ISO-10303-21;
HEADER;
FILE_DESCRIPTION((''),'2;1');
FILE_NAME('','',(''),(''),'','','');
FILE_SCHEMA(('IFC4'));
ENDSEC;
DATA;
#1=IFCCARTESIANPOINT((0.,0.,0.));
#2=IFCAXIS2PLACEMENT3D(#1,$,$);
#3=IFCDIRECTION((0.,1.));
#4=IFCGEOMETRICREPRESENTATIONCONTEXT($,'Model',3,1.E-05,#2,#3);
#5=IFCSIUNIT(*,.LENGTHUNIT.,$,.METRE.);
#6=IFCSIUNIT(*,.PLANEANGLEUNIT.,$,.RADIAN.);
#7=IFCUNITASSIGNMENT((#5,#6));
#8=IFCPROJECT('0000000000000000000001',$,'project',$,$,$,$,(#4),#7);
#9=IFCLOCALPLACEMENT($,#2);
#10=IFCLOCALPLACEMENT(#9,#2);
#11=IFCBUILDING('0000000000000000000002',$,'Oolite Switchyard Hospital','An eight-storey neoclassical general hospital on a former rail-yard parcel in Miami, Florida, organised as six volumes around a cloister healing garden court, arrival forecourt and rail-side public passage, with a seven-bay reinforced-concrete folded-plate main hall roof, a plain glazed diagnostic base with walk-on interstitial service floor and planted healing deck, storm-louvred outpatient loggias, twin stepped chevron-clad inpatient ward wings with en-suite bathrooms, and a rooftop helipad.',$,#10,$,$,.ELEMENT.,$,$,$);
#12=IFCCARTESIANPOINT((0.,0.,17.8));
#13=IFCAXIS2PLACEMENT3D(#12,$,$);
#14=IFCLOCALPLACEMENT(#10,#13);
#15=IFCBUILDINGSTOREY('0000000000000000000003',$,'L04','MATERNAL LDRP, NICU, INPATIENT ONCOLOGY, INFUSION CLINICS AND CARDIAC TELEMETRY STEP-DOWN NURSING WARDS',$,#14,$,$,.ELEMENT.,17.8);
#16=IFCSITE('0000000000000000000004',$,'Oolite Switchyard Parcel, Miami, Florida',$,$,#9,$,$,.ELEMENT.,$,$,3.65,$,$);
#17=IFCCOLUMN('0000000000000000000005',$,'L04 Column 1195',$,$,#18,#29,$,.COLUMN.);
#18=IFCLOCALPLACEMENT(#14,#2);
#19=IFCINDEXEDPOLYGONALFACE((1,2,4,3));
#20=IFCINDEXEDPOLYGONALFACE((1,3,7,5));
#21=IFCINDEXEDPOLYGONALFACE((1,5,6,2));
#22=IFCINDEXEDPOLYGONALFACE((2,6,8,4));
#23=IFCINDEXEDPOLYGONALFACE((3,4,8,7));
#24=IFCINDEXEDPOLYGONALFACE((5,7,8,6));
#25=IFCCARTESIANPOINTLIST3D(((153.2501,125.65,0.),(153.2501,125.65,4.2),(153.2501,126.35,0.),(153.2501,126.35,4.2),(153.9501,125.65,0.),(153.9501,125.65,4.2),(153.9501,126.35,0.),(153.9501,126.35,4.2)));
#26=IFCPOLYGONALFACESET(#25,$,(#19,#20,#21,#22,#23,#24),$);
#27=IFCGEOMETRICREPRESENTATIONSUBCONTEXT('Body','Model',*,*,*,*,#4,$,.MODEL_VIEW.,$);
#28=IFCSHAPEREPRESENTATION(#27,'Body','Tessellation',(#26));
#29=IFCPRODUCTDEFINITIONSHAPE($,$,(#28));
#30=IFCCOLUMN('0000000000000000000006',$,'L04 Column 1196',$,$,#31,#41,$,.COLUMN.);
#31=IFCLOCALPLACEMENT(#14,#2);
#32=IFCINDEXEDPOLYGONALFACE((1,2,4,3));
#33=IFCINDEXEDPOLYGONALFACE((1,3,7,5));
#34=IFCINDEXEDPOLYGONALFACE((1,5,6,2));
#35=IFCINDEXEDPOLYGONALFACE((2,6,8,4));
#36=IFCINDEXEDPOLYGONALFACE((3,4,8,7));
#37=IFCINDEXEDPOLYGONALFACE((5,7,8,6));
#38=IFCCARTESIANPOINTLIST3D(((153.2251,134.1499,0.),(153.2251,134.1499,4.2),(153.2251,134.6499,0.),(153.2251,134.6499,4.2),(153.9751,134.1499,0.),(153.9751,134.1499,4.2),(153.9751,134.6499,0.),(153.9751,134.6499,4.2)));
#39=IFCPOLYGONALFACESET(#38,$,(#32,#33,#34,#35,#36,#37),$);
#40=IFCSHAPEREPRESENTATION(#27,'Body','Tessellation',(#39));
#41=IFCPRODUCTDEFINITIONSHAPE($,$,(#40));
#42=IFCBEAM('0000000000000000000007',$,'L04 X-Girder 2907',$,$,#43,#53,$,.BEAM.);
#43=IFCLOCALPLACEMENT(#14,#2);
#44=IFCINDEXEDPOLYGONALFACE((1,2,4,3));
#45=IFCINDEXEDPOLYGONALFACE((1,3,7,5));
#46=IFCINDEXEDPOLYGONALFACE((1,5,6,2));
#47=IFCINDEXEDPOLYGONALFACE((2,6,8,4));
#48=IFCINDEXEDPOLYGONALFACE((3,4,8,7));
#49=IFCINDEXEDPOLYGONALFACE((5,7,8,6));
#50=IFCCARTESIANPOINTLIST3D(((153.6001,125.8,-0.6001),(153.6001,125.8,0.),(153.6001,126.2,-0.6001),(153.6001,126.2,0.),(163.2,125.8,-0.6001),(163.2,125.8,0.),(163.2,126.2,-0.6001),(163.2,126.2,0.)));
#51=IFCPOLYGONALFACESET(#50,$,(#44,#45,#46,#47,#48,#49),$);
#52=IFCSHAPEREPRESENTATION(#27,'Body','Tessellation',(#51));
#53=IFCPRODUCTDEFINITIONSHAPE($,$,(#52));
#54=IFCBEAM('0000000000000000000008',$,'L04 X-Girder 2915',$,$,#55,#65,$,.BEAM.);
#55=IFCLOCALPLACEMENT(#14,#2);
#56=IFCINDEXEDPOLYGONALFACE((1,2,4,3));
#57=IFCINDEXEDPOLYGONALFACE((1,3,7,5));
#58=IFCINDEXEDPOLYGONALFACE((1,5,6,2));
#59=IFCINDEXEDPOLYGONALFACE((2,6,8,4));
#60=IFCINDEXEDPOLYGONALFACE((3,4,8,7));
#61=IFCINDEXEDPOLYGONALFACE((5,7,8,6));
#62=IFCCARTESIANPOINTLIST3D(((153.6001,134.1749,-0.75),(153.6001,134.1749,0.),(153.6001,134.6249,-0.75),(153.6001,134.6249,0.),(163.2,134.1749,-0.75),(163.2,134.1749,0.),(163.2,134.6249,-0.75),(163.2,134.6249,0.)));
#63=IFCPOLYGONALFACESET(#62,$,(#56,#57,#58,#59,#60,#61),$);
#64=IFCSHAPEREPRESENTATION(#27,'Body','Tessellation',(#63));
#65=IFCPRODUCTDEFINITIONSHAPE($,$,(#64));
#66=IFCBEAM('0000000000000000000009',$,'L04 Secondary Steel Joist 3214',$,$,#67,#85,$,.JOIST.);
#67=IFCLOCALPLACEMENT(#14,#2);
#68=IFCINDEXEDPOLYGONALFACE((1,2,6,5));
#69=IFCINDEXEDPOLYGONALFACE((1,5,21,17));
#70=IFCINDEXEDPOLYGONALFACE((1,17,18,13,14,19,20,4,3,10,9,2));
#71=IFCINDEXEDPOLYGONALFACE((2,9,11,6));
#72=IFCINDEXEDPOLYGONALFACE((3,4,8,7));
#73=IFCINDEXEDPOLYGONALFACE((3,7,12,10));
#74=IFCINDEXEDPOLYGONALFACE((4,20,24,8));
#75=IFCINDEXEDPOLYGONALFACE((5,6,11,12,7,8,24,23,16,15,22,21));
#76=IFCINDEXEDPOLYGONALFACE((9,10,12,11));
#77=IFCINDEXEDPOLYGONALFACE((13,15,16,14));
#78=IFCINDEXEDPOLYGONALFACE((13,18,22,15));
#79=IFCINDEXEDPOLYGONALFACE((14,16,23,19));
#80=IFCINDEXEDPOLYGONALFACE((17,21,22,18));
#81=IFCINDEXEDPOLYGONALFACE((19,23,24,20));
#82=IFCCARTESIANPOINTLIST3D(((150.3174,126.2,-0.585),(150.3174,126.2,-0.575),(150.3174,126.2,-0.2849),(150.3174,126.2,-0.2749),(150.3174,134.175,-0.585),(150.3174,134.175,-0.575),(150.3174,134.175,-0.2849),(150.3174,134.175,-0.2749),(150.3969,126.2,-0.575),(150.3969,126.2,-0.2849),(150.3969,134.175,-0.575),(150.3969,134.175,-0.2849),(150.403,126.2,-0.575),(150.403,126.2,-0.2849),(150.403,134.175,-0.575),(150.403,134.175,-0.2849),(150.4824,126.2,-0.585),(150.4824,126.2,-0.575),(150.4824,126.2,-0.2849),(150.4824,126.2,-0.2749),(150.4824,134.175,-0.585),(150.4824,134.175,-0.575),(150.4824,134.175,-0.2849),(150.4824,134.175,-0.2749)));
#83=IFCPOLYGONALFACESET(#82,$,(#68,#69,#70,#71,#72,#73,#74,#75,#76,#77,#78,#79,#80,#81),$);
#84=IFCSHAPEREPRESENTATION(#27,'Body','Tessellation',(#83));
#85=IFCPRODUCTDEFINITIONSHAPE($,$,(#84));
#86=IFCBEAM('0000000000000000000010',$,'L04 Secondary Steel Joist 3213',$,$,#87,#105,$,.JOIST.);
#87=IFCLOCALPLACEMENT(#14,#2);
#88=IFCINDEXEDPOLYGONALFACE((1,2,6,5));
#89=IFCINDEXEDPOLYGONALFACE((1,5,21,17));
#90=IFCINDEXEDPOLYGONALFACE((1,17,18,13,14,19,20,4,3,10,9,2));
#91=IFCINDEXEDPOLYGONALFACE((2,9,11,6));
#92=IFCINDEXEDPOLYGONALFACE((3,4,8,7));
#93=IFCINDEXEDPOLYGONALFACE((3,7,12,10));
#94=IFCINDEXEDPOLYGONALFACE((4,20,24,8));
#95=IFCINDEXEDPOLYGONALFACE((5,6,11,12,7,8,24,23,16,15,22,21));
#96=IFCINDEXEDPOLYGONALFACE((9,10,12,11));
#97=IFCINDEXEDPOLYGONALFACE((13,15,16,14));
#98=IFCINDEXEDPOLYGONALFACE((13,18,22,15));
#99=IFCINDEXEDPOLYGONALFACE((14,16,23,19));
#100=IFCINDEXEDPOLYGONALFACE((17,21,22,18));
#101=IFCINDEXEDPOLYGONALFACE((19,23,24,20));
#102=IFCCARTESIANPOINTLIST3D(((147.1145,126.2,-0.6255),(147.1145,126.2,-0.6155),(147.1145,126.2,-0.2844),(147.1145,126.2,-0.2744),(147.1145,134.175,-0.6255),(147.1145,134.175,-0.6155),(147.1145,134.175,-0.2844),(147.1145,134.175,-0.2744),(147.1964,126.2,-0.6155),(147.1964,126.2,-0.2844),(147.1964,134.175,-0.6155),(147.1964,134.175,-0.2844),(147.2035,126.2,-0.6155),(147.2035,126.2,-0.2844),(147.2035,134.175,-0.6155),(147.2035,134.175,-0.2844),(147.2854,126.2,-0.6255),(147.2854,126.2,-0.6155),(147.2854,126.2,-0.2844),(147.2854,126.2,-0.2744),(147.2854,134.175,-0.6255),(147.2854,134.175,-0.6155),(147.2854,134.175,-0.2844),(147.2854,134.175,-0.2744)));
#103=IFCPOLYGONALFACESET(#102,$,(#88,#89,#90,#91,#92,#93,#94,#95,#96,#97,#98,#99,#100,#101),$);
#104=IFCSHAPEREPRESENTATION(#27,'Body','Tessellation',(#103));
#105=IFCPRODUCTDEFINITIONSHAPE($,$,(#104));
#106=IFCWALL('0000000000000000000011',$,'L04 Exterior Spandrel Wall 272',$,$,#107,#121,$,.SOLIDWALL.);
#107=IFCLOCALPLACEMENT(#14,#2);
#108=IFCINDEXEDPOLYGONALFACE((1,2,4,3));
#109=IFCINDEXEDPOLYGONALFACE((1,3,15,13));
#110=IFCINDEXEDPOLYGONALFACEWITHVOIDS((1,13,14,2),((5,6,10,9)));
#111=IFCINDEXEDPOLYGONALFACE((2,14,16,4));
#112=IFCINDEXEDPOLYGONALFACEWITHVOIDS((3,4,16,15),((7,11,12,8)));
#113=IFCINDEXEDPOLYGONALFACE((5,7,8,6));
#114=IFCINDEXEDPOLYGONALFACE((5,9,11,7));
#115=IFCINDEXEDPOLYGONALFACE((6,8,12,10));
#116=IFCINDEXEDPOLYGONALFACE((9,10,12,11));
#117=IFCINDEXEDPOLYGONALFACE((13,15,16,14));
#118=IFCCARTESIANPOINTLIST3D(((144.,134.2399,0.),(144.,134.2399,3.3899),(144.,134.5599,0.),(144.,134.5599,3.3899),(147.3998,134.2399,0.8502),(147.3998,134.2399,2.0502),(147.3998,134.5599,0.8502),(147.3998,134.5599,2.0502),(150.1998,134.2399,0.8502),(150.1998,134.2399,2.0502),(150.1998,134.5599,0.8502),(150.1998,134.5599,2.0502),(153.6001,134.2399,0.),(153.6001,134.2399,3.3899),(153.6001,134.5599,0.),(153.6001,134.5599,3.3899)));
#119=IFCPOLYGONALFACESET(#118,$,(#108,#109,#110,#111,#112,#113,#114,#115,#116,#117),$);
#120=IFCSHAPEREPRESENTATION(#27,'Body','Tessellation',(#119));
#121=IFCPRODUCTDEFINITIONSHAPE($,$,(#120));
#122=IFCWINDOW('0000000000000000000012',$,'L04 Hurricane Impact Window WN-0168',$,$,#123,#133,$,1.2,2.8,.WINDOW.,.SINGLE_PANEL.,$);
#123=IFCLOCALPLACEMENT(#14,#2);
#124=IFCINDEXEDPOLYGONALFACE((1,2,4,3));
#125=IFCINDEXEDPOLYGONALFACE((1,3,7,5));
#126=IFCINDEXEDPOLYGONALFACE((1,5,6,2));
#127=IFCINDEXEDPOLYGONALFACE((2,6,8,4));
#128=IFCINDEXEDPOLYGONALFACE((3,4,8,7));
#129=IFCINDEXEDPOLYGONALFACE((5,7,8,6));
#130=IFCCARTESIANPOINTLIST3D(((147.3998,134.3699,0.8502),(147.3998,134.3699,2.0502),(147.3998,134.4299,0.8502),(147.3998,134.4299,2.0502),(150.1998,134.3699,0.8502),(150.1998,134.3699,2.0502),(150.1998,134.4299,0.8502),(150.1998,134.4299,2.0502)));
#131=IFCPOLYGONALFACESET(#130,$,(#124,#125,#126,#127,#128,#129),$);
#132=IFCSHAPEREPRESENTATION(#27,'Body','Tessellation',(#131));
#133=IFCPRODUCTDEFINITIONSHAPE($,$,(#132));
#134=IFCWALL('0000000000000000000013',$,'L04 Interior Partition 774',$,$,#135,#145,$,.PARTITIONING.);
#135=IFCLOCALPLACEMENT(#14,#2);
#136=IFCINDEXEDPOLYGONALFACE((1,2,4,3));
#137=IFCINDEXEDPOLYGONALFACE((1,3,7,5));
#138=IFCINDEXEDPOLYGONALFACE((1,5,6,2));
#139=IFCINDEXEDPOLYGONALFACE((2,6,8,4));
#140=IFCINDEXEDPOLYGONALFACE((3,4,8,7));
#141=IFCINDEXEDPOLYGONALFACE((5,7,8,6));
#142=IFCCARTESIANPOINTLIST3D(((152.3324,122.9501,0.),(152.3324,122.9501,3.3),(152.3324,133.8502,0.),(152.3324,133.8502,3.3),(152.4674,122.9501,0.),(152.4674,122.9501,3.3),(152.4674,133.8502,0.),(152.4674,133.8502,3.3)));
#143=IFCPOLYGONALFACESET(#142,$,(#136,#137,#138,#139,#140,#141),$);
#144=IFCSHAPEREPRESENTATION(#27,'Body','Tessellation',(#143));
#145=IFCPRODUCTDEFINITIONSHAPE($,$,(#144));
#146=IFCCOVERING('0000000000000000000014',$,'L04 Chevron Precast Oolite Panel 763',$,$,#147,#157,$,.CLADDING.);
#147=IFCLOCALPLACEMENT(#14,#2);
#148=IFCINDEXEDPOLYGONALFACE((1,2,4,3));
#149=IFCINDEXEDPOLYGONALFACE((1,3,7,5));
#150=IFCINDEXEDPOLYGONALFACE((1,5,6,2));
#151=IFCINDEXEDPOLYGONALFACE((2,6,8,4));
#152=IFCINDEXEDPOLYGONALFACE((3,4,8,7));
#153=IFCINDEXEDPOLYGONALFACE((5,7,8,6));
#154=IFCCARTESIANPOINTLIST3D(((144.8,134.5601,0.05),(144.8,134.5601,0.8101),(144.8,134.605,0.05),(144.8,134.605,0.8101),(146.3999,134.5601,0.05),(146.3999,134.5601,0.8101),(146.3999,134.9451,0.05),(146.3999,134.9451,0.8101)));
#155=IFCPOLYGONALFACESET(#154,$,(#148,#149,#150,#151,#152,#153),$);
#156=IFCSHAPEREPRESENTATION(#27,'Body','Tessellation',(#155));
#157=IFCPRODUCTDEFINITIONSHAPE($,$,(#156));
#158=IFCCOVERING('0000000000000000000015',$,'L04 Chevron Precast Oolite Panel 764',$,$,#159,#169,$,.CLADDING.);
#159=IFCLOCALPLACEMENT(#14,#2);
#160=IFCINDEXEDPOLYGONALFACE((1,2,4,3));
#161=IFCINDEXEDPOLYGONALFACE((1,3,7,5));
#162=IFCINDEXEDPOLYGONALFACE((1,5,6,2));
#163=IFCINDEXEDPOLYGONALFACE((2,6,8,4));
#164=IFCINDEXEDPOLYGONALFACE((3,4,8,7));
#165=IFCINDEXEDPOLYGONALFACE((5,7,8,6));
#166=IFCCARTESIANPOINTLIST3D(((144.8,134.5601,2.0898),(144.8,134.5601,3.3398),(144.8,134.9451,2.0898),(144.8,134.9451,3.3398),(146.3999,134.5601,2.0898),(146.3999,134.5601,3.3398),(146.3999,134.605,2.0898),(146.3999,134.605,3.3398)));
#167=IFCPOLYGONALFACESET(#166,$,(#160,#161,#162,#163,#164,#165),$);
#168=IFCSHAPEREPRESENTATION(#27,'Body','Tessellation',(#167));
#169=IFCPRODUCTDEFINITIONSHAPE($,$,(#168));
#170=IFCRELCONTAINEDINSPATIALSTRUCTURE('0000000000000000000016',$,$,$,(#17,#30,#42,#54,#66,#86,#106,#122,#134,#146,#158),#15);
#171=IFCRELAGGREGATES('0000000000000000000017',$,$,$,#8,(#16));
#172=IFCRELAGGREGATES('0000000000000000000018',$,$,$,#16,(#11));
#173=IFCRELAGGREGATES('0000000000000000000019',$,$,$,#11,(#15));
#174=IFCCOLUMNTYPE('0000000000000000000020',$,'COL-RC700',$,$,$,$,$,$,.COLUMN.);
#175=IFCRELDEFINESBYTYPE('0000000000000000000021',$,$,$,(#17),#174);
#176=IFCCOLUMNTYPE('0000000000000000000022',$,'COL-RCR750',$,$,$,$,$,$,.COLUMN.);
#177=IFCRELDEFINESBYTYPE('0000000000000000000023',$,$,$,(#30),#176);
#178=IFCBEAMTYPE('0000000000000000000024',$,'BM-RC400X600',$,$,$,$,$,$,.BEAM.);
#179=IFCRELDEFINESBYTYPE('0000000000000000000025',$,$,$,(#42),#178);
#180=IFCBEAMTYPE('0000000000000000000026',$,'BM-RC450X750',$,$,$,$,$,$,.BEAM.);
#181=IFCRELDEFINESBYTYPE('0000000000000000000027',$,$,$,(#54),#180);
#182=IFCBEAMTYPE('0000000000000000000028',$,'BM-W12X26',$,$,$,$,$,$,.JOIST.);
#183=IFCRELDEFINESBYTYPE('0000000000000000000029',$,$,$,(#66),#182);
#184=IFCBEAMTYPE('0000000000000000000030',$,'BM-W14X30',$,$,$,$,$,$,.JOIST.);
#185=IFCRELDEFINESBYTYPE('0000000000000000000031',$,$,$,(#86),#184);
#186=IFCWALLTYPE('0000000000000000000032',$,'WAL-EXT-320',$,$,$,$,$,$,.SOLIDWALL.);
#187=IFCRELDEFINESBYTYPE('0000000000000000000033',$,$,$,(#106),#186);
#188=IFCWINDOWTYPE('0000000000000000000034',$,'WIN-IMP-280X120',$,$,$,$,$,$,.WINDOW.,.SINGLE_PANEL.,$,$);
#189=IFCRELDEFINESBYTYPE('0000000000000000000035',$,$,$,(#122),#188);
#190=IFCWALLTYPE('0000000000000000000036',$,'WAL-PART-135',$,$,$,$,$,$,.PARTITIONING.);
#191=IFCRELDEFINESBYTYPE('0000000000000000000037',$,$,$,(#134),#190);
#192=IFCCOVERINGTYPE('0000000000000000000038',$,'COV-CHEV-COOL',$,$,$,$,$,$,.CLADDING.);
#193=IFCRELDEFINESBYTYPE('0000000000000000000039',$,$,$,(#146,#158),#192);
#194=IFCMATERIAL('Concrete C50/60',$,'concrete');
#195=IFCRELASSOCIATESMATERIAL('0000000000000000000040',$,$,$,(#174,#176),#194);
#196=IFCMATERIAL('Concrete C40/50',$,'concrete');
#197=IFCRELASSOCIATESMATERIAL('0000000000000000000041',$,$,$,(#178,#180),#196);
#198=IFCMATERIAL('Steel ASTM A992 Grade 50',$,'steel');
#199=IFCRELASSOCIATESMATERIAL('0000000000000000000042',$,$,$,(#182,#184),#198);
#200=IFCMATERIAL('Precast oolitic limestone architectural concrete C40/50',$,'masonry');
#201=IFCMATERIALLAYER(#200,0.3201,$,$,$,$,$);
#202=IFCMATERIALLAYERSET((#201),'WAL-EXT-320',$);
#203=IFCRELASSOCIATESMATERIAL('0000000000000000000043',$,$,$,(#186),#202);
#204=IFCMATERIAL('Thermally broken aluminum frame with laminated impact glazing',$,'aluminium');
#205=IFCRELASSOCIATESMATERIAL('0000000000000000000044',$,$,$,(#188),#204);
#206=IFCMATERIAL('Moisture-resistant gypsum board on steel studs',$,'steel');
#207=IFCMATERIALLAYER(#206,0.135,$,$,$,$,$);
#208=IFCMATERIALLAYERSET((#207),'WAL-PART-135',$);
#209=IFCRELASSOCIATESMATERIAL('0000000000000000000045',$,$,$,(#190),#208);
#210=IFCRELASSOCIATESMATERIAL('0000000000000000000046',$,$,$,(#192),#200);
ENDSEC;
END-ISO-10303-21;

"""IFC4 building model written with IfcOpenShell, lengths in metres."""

from ifc_helpers import new_model, si_unit, direction, frame, frame_2d, origin, origin_2d, place, context, subcontext, project, spatial, polyline, rectangle, i_section, outline, extrude, material, layer, layer_set, material_profile, profile_set, type_object, element, fill, save


model = new_model("IFC4")

# Units and contexts
model_context = context("Model", 3, precision=1e-05, world=origin(), true_north=direction((0.0, 1.0)))
body_context = subcontext(model_context, "Body", "Model", "MODEL_VIEW")
ifc_project = project(units=[si_unit("LENGTHUNIT", "METRE"), si_unit("PLANEANGLEUNIT", "RADIAN")], contexts=[model_context])

# Site, building, storey
site_placement = place(None, origin())
site = spatial("IfcSite", under=ifc_project, at=site_placement, Name="Oolite Switchyard Parcel, Miami, Florida", CompositionType="ELEMENT", RefElevation=3.65)
building_placement = place(site_placement, origin())
building = spatial("IfcBuilding", under=site, at=building_placement, Name="Oolite Switchyard Hospital", Description="An eight-storey neoclassical general hospital on a former rail-yard parcel in Miami, Florida, organised as six volumes around a cloister healing garden court, arrival forecourt and rail-side public passage, with a seven-bay reinforced-concrete folded-plate main hall roof, a plain glazed diagnostic base with walk-on interstitial service floor and planted healing deck, storm-louvred outpatient loggias, twin stepped chevron-clad inpatient ward wings with en-suite bathrooms, and a rooftop helipad.", CompositionType="ELEMENT")
storey_placement = place(building_placement, frame((0.0, 0.0, 17.8)))
storey = spatial("IfcBuildingStorey", under=building, at=storey_placement, Name="L04", Description="MATERNAL LDRP, NICU, INPATIENT ONCOLOGY, INFUSION CLINICS AND CARDIAC TELEMETRY STEP-DOWN NURSING WARDS", CompositionType="ELEMENT", Elevation=17.8)

# Columns
ifc_material_1 = material(Name="Concrete C50/60", Category="concrete")
ifc_material_profile_1 = material_profile(ifc_material_1, rectangle(XDim=0.7, YDim=0.7, at=origin_2d()), Name="RC700X700")
ifc_profile_set_1 = profile_set([ifc_material_profile_1], Name="Concrete C50/60")
column_type_1 = type_object("IfcColumnType", Name="COL-RC700", PredefinedType="COLUMN", material=ifc_profile_set_1)
column_1_placement = place(storey_placement, frame((153.6001, 126.0, 0.0), z_axis=(0.0, 0.0, 1.0), x_axis=(1.0, 0.0, 0.0)))
element("IfcColumn", 1, at=column_1_placement, inside=storey, type_object=column_type_1, Name="L04 Column 1195", PredefinedType="COLUMN", context=body_context, shape_type="SweptSolid", body=[
    extrude(rectangle(XDim=0.7, YDim=0.7, at=origin_2d()), origin(), (0.0, 0.0, 1.0), 4.2),
])
ifc_material_profile_2 = material_profile(ifc_material_1, rectangle(XDim=0.75, YDim=0.5, at=origin_2d()), Name="RC750X500")
ifc_profile_set_2 = profile_set([ifc_material_profile_2], Name="Concrete C50/60")
column_type_2 = type_object("IfcColumnType", Name="COL-RCR750", PredefinedType="COLUMN", material=ifc_profile_set_2)
column_2_placement = place(storey_placement, frame((153.6001, 134.3999, 0.0), z_axis=(0.0, 0.0, 1.0), x_axis=(1.0, 0.0, 0.0)))
element("IfcColumn", 2, at=column_2_placement, inside=storey, type_object=column_type_2, Name="L04 Column 1196", PredefinedType="COLUMN", context=body_context, shape_type="SweptSolid", body=[
    extrude(rectangle(XDim=0.75, YDim=0.5, at=origin_2d()), origin(), (0.0, 0.0, 1.0), 4.2),
])

# Beams
ifc_material_2 = material(Name="Concrete C40/50", Category="concrete")
ifc_material_profile_3 = material_profile(ifc_material_2, rectangle(XDim=0.3999, YDim=0.6001, at=origin_2d()), Name="RCB400X600")
ifc_profile_set_3 = profile_set([ifc_material_profile_3], Name="Concrete C40/50")
beam_type_1 = type_object("IfcBeamType", Name="BM-RC400X600", PredefinedType="BEAM", material=ifc_profile_set_3)
beam_1_placement = place(storey_placement, frame((153.6001, 126.0, -0.3), z_axis=(1.0, 0.0, 0.0), x_axis=(0.0, 1.0, 0.0)))
element("IfcBeam", 3, at=beam_1_placement, inside=storey, type_object=beam_type_1, Name="L04 X-Girder 2907", PredefinedType="BEAM", context=body_context, shape_type="SweptSolid", body=[
    extrude(rectangle(XDim=0.3999, YDim=0.6001, at=origin_2d()), origin(), (0.0, 0.0, 1.0), 9.5999),
])
ifc_material_profile_4 = material_profile(ifc_material_2, rectangle(XDim=0.45, YDim=0.75, at=origin_2d()), Name="RCB450X750")
ifc_profile_set_4 = profile_set([ifc_material_profile_4], Name="Concrete C40/50")
beam_type_2 = type_object("IfcBeamType", Name="BM-RC450X750", PredefinedType="BEAM", material=ifc_profile_set_4)
beam_2_placement = place(storey_placement, frame((153.6001, 134.3999, -0.375), z_axis=(1.0, 0.0, 0.0), x_axis=(0.0, 1.0, 0.0)))
element("IfcBeam", 4, at=beam_2_placement, inside=storey, type_object=beam_type_2, Name="L04 X-Girder 2915", PredefinedType="BEAM", context=body_context, shape_type="SweptSolid", body=[
    extrude(rectangle(XDim=0.45, YDim=0.75, at=origin_2d()), origin(), (0.0, 0.0, 1.0), 9.5999),
])
ifc_material_3 = material(Name="Steel ASTM A992 Grade 50", Category="steel")
ifc_material_profile_5 = material_profile(ifc_material_3, i_section(OverallWidth=0.165, OverallDepth=0.3101, WebThickness=0.0061, FlangeThickness=0.01, at=origin_2d()), Name="W12X26")
ifc_profile_set_5 = profile_set([ifc_material_profile_5], Name="Steel ASTM A992 Grade 50")
beam_type_3 = type_object("IfcBeamType", Name="BM-W12X26", PredefinedType="JOIST", material=ifc_profile_set_5)
beam_3_placement = place(storey_placement, frame((150.3999, 126.2, -0.4299), z_axis=(0.0, 1.0, 0.0), x_axis=(-1.0, 0.0, 0.0)))
element("IfcBeam", 5, at=beam_3_placement, inside=storey, type_object=beam_type_3, Name="L04 Secondary Steel Joist 3214", PredefinedType="JOIST", context=body_context, shape_type="SweptSolid", body=[
    extrude(i_section(OverallWidth=0.165, OverallDepth=0.3101, WebThickness=0.0061, FlangeThickness=0.01, at=origin_2d()), origin(), (0.0, 0.0, 1.0), 7.9751),
])
ifc_material_profile_6 = material_profile(ifc_material_3, i_section(OverallWidth=0.1709, OverallDepth=0.3511, WebThickness=0.0071, FlangeThickness=0.01, at=origin_2d()), Name="W14X30")
ifc_profile_set_6 = profile_set([ifc_material_profile_6], Name="Steel ASTM A992 Grade 50")
beam_type_4 = type_object("IfcBeamType", Name="BM-W14X30", PredefinedType="JOIST", material=ifc_profile_set_6)
beam_4_placement = place(storey_placement, frame((147.2, 126.2, -0.45), z_axis=(0.0, 1.0, 0.0), x_axis=(-1.0, 0.0, 0.0)))
element("IfcBeam", 6, at=beam_4_placement, inside=storey, type_object=beam_type_4, Name="L04 Secondary Steel Joist 3213", PredefinedType="JOIST", context=body_context, shape_type="SweptSolid", body=[
    extrude(i_section(OverallWidth=0.1709, OverallDepth=0.3511, WebThickness=0.0071, FlangeThickness=0.01, at=origin_2d()), origin(), (0.0, 0.0, 1.0), 7.9751),
])

# Wall, opening, window
ifc_material_4 = material(Name="Precast oolitic limestone architectural concrete C40/50", Category="masonry")
ifc_layer_1 = layer(ifc_material_4, 0.3201)
ifc_layer_set_1 = layer_set([ifc_layer_1], Name="WAL-EXT-320")
wall_type_1 = type_object("IfcWallType", Name="WAL-EXT-320", PredefinedType="SOLIDWALL", material=ifc_layer_set_1)
wall_1_placement = place(storey_placement, frame((144.0, 134.3999, 0.0), z_axis=(0.0, 0.0, 1.0), x_axis=(1.0, 0.0, 0.0)))
wall_1 = element("IfcWall", 7, at=wall_1_placement, inside=storey, type_object=wall_type_1, Name="L04 Exterior Spandrel Wall 272", PredefinedType="SOLIDWALL", context=body_context, shape_type="SweptSolid", body=[
    extrude(rectangle(XDim=9.6001, YDim=0.3201, at=frame_2d((4.8, 0.0))), origin(), (0.0, 0.0, 1.0), 3.3899),
])
opening_placement = place(wall_1_placement, frame((3.3999, 0.0, 0.8501)))
opening = element("IfcOpeningElement", 8, at=opening_placement, cuts=wall_1, PredefinedType="OPENING", context=body_context, shape_type="SweptSolid", body=[
    extrude(rectangle(XDim=2.8, YDim=1.2, at=frame_2d((1.3999, 0.6001))), frame((0.0, 0.1699, 0.0), z_axis=(0.0, -1.0, 0.0), x_axis=(1.0, 0.0, 0.0)), (0.0, 0.0, 1.0), 0.3401),
])
ifc_material_5 = material(Name="Thermally broken aluminum frame with laminated impact glazing", Category="aluminium")
window_type = type_object("IfcWindowType", Name="WIN-IMP-280X120", PartitioningType="SINGLE_PANEL", PredefinedType="WINDOW", material=ifc_material_5)
window_placement = place(opening_placement, origin())
window = element("IfcWindow", 9, at=window_placement, inside=storey, type_object=window_type, Name="L04 Hurricane Impact Window WN-0168", OverallHeight=1.2, OverallWidth=2.8, PartitioningType="SINGLE_PANEL", PredefinedType="WINDOW", context=body_context, shape_type="SweptSolid", body=[
    extrude(rectangle(XDim=2.8, YDim=1.2, at=frame_2d((1.3999, 0.6001))), frame((0.0, 0.03, 0.0), z_axis=(0.0, -1.0, 0.0), x_axis=(1.0, 0.0, 0.0)), (0.0, 0.0, 1.0), 0.0601),
])
fill(opening, window)

# Wall
ifc_material_6 = material(Name="Moisture-resistant gypsum board on steel studs", Category="steel")
ifc_layer_2 = layer(ifc_material_6, 0.135)
ifc_layer_set_2 = layer_set([ifc_layer_2], Name="WAL-PART-135")
wall_type_2 = type_object("IfcWallType", Name="WAL-PART-135", PredefinedType="PARTITIONING", material=ifc_layer_set_2)
wall_2_placement = place(storey_placement, frame((152.3999, 122.95, 0.0), z_axis=(0.0, 0.0, 1.0), x_axis=(0.0, 1.0, 0.0)))
element("IfcWall", 10, at=wall_2_placement, inside=storey, type_object=wall_type_2, Name="L04 Interior Partition 774", PredefinedType="PARTITIONING", context=body_context, shape_type="SweptSolid", body=[
    extrude(rectangle(XDim=10.9001, YDim=0.135, at=frame_2d((5.4502, 0.0))), origin(), (0.0, 0.0, 1.0), 3.3),
])

# Coverings
covering_type = type_object("IfcCoveringType", Name="COV-CHEV-COOL", PredefinedType="CLADDING", material=ifc_material_4)
covering_1_placement = place(storey_placement, frame((144.8, 134.5601, 0.05), z_axis=(0.0, 0.0, 1.0), x_axis=(1.0, 0.0, 0.0)))
element("IfcCovering", 11, at=covering_1_placement, inside=storey, type_object=covering_type, Name="L04 Chevron Precast Oolite Panel 763", PredefinedType="CLADDING", context=body_context, shape_type="SweptSolid", body=[
    extrude(outline(polyline([(0.0, 0.0), (1.5999, 0.0), (1.5999, 0.385), (0.0, 0.0449), (0.0, 0.0)])), origin(), (0.0, 0.0, 1.0), 0.76),
])
covering_2_placement = place(storey_placement, frame((144.8, 134.5601, 2.0898), z_axis=(0.0, 0.0, 1.0), x_axis=(1.0, 0.0, 0.0)))
element("IfcCovering", 12, at=covering_2_placement, inside=storey, type_object=covering_type, Name="L04 Chevron Precast Oolite Panel 764", PredefinedType="CLADDING", context=body_context, shape_type="SweptSolid", body=[
    extrude(outline(polyline([(0.0, 0.0), (1.5999, 0.0), (1.5999, 0.0449), (0.0, 0.385), (0.0, 0.0)])), origin(), (0.0, 0.0, 1.0), 1.25),
])

save(model, "model.ifc")
